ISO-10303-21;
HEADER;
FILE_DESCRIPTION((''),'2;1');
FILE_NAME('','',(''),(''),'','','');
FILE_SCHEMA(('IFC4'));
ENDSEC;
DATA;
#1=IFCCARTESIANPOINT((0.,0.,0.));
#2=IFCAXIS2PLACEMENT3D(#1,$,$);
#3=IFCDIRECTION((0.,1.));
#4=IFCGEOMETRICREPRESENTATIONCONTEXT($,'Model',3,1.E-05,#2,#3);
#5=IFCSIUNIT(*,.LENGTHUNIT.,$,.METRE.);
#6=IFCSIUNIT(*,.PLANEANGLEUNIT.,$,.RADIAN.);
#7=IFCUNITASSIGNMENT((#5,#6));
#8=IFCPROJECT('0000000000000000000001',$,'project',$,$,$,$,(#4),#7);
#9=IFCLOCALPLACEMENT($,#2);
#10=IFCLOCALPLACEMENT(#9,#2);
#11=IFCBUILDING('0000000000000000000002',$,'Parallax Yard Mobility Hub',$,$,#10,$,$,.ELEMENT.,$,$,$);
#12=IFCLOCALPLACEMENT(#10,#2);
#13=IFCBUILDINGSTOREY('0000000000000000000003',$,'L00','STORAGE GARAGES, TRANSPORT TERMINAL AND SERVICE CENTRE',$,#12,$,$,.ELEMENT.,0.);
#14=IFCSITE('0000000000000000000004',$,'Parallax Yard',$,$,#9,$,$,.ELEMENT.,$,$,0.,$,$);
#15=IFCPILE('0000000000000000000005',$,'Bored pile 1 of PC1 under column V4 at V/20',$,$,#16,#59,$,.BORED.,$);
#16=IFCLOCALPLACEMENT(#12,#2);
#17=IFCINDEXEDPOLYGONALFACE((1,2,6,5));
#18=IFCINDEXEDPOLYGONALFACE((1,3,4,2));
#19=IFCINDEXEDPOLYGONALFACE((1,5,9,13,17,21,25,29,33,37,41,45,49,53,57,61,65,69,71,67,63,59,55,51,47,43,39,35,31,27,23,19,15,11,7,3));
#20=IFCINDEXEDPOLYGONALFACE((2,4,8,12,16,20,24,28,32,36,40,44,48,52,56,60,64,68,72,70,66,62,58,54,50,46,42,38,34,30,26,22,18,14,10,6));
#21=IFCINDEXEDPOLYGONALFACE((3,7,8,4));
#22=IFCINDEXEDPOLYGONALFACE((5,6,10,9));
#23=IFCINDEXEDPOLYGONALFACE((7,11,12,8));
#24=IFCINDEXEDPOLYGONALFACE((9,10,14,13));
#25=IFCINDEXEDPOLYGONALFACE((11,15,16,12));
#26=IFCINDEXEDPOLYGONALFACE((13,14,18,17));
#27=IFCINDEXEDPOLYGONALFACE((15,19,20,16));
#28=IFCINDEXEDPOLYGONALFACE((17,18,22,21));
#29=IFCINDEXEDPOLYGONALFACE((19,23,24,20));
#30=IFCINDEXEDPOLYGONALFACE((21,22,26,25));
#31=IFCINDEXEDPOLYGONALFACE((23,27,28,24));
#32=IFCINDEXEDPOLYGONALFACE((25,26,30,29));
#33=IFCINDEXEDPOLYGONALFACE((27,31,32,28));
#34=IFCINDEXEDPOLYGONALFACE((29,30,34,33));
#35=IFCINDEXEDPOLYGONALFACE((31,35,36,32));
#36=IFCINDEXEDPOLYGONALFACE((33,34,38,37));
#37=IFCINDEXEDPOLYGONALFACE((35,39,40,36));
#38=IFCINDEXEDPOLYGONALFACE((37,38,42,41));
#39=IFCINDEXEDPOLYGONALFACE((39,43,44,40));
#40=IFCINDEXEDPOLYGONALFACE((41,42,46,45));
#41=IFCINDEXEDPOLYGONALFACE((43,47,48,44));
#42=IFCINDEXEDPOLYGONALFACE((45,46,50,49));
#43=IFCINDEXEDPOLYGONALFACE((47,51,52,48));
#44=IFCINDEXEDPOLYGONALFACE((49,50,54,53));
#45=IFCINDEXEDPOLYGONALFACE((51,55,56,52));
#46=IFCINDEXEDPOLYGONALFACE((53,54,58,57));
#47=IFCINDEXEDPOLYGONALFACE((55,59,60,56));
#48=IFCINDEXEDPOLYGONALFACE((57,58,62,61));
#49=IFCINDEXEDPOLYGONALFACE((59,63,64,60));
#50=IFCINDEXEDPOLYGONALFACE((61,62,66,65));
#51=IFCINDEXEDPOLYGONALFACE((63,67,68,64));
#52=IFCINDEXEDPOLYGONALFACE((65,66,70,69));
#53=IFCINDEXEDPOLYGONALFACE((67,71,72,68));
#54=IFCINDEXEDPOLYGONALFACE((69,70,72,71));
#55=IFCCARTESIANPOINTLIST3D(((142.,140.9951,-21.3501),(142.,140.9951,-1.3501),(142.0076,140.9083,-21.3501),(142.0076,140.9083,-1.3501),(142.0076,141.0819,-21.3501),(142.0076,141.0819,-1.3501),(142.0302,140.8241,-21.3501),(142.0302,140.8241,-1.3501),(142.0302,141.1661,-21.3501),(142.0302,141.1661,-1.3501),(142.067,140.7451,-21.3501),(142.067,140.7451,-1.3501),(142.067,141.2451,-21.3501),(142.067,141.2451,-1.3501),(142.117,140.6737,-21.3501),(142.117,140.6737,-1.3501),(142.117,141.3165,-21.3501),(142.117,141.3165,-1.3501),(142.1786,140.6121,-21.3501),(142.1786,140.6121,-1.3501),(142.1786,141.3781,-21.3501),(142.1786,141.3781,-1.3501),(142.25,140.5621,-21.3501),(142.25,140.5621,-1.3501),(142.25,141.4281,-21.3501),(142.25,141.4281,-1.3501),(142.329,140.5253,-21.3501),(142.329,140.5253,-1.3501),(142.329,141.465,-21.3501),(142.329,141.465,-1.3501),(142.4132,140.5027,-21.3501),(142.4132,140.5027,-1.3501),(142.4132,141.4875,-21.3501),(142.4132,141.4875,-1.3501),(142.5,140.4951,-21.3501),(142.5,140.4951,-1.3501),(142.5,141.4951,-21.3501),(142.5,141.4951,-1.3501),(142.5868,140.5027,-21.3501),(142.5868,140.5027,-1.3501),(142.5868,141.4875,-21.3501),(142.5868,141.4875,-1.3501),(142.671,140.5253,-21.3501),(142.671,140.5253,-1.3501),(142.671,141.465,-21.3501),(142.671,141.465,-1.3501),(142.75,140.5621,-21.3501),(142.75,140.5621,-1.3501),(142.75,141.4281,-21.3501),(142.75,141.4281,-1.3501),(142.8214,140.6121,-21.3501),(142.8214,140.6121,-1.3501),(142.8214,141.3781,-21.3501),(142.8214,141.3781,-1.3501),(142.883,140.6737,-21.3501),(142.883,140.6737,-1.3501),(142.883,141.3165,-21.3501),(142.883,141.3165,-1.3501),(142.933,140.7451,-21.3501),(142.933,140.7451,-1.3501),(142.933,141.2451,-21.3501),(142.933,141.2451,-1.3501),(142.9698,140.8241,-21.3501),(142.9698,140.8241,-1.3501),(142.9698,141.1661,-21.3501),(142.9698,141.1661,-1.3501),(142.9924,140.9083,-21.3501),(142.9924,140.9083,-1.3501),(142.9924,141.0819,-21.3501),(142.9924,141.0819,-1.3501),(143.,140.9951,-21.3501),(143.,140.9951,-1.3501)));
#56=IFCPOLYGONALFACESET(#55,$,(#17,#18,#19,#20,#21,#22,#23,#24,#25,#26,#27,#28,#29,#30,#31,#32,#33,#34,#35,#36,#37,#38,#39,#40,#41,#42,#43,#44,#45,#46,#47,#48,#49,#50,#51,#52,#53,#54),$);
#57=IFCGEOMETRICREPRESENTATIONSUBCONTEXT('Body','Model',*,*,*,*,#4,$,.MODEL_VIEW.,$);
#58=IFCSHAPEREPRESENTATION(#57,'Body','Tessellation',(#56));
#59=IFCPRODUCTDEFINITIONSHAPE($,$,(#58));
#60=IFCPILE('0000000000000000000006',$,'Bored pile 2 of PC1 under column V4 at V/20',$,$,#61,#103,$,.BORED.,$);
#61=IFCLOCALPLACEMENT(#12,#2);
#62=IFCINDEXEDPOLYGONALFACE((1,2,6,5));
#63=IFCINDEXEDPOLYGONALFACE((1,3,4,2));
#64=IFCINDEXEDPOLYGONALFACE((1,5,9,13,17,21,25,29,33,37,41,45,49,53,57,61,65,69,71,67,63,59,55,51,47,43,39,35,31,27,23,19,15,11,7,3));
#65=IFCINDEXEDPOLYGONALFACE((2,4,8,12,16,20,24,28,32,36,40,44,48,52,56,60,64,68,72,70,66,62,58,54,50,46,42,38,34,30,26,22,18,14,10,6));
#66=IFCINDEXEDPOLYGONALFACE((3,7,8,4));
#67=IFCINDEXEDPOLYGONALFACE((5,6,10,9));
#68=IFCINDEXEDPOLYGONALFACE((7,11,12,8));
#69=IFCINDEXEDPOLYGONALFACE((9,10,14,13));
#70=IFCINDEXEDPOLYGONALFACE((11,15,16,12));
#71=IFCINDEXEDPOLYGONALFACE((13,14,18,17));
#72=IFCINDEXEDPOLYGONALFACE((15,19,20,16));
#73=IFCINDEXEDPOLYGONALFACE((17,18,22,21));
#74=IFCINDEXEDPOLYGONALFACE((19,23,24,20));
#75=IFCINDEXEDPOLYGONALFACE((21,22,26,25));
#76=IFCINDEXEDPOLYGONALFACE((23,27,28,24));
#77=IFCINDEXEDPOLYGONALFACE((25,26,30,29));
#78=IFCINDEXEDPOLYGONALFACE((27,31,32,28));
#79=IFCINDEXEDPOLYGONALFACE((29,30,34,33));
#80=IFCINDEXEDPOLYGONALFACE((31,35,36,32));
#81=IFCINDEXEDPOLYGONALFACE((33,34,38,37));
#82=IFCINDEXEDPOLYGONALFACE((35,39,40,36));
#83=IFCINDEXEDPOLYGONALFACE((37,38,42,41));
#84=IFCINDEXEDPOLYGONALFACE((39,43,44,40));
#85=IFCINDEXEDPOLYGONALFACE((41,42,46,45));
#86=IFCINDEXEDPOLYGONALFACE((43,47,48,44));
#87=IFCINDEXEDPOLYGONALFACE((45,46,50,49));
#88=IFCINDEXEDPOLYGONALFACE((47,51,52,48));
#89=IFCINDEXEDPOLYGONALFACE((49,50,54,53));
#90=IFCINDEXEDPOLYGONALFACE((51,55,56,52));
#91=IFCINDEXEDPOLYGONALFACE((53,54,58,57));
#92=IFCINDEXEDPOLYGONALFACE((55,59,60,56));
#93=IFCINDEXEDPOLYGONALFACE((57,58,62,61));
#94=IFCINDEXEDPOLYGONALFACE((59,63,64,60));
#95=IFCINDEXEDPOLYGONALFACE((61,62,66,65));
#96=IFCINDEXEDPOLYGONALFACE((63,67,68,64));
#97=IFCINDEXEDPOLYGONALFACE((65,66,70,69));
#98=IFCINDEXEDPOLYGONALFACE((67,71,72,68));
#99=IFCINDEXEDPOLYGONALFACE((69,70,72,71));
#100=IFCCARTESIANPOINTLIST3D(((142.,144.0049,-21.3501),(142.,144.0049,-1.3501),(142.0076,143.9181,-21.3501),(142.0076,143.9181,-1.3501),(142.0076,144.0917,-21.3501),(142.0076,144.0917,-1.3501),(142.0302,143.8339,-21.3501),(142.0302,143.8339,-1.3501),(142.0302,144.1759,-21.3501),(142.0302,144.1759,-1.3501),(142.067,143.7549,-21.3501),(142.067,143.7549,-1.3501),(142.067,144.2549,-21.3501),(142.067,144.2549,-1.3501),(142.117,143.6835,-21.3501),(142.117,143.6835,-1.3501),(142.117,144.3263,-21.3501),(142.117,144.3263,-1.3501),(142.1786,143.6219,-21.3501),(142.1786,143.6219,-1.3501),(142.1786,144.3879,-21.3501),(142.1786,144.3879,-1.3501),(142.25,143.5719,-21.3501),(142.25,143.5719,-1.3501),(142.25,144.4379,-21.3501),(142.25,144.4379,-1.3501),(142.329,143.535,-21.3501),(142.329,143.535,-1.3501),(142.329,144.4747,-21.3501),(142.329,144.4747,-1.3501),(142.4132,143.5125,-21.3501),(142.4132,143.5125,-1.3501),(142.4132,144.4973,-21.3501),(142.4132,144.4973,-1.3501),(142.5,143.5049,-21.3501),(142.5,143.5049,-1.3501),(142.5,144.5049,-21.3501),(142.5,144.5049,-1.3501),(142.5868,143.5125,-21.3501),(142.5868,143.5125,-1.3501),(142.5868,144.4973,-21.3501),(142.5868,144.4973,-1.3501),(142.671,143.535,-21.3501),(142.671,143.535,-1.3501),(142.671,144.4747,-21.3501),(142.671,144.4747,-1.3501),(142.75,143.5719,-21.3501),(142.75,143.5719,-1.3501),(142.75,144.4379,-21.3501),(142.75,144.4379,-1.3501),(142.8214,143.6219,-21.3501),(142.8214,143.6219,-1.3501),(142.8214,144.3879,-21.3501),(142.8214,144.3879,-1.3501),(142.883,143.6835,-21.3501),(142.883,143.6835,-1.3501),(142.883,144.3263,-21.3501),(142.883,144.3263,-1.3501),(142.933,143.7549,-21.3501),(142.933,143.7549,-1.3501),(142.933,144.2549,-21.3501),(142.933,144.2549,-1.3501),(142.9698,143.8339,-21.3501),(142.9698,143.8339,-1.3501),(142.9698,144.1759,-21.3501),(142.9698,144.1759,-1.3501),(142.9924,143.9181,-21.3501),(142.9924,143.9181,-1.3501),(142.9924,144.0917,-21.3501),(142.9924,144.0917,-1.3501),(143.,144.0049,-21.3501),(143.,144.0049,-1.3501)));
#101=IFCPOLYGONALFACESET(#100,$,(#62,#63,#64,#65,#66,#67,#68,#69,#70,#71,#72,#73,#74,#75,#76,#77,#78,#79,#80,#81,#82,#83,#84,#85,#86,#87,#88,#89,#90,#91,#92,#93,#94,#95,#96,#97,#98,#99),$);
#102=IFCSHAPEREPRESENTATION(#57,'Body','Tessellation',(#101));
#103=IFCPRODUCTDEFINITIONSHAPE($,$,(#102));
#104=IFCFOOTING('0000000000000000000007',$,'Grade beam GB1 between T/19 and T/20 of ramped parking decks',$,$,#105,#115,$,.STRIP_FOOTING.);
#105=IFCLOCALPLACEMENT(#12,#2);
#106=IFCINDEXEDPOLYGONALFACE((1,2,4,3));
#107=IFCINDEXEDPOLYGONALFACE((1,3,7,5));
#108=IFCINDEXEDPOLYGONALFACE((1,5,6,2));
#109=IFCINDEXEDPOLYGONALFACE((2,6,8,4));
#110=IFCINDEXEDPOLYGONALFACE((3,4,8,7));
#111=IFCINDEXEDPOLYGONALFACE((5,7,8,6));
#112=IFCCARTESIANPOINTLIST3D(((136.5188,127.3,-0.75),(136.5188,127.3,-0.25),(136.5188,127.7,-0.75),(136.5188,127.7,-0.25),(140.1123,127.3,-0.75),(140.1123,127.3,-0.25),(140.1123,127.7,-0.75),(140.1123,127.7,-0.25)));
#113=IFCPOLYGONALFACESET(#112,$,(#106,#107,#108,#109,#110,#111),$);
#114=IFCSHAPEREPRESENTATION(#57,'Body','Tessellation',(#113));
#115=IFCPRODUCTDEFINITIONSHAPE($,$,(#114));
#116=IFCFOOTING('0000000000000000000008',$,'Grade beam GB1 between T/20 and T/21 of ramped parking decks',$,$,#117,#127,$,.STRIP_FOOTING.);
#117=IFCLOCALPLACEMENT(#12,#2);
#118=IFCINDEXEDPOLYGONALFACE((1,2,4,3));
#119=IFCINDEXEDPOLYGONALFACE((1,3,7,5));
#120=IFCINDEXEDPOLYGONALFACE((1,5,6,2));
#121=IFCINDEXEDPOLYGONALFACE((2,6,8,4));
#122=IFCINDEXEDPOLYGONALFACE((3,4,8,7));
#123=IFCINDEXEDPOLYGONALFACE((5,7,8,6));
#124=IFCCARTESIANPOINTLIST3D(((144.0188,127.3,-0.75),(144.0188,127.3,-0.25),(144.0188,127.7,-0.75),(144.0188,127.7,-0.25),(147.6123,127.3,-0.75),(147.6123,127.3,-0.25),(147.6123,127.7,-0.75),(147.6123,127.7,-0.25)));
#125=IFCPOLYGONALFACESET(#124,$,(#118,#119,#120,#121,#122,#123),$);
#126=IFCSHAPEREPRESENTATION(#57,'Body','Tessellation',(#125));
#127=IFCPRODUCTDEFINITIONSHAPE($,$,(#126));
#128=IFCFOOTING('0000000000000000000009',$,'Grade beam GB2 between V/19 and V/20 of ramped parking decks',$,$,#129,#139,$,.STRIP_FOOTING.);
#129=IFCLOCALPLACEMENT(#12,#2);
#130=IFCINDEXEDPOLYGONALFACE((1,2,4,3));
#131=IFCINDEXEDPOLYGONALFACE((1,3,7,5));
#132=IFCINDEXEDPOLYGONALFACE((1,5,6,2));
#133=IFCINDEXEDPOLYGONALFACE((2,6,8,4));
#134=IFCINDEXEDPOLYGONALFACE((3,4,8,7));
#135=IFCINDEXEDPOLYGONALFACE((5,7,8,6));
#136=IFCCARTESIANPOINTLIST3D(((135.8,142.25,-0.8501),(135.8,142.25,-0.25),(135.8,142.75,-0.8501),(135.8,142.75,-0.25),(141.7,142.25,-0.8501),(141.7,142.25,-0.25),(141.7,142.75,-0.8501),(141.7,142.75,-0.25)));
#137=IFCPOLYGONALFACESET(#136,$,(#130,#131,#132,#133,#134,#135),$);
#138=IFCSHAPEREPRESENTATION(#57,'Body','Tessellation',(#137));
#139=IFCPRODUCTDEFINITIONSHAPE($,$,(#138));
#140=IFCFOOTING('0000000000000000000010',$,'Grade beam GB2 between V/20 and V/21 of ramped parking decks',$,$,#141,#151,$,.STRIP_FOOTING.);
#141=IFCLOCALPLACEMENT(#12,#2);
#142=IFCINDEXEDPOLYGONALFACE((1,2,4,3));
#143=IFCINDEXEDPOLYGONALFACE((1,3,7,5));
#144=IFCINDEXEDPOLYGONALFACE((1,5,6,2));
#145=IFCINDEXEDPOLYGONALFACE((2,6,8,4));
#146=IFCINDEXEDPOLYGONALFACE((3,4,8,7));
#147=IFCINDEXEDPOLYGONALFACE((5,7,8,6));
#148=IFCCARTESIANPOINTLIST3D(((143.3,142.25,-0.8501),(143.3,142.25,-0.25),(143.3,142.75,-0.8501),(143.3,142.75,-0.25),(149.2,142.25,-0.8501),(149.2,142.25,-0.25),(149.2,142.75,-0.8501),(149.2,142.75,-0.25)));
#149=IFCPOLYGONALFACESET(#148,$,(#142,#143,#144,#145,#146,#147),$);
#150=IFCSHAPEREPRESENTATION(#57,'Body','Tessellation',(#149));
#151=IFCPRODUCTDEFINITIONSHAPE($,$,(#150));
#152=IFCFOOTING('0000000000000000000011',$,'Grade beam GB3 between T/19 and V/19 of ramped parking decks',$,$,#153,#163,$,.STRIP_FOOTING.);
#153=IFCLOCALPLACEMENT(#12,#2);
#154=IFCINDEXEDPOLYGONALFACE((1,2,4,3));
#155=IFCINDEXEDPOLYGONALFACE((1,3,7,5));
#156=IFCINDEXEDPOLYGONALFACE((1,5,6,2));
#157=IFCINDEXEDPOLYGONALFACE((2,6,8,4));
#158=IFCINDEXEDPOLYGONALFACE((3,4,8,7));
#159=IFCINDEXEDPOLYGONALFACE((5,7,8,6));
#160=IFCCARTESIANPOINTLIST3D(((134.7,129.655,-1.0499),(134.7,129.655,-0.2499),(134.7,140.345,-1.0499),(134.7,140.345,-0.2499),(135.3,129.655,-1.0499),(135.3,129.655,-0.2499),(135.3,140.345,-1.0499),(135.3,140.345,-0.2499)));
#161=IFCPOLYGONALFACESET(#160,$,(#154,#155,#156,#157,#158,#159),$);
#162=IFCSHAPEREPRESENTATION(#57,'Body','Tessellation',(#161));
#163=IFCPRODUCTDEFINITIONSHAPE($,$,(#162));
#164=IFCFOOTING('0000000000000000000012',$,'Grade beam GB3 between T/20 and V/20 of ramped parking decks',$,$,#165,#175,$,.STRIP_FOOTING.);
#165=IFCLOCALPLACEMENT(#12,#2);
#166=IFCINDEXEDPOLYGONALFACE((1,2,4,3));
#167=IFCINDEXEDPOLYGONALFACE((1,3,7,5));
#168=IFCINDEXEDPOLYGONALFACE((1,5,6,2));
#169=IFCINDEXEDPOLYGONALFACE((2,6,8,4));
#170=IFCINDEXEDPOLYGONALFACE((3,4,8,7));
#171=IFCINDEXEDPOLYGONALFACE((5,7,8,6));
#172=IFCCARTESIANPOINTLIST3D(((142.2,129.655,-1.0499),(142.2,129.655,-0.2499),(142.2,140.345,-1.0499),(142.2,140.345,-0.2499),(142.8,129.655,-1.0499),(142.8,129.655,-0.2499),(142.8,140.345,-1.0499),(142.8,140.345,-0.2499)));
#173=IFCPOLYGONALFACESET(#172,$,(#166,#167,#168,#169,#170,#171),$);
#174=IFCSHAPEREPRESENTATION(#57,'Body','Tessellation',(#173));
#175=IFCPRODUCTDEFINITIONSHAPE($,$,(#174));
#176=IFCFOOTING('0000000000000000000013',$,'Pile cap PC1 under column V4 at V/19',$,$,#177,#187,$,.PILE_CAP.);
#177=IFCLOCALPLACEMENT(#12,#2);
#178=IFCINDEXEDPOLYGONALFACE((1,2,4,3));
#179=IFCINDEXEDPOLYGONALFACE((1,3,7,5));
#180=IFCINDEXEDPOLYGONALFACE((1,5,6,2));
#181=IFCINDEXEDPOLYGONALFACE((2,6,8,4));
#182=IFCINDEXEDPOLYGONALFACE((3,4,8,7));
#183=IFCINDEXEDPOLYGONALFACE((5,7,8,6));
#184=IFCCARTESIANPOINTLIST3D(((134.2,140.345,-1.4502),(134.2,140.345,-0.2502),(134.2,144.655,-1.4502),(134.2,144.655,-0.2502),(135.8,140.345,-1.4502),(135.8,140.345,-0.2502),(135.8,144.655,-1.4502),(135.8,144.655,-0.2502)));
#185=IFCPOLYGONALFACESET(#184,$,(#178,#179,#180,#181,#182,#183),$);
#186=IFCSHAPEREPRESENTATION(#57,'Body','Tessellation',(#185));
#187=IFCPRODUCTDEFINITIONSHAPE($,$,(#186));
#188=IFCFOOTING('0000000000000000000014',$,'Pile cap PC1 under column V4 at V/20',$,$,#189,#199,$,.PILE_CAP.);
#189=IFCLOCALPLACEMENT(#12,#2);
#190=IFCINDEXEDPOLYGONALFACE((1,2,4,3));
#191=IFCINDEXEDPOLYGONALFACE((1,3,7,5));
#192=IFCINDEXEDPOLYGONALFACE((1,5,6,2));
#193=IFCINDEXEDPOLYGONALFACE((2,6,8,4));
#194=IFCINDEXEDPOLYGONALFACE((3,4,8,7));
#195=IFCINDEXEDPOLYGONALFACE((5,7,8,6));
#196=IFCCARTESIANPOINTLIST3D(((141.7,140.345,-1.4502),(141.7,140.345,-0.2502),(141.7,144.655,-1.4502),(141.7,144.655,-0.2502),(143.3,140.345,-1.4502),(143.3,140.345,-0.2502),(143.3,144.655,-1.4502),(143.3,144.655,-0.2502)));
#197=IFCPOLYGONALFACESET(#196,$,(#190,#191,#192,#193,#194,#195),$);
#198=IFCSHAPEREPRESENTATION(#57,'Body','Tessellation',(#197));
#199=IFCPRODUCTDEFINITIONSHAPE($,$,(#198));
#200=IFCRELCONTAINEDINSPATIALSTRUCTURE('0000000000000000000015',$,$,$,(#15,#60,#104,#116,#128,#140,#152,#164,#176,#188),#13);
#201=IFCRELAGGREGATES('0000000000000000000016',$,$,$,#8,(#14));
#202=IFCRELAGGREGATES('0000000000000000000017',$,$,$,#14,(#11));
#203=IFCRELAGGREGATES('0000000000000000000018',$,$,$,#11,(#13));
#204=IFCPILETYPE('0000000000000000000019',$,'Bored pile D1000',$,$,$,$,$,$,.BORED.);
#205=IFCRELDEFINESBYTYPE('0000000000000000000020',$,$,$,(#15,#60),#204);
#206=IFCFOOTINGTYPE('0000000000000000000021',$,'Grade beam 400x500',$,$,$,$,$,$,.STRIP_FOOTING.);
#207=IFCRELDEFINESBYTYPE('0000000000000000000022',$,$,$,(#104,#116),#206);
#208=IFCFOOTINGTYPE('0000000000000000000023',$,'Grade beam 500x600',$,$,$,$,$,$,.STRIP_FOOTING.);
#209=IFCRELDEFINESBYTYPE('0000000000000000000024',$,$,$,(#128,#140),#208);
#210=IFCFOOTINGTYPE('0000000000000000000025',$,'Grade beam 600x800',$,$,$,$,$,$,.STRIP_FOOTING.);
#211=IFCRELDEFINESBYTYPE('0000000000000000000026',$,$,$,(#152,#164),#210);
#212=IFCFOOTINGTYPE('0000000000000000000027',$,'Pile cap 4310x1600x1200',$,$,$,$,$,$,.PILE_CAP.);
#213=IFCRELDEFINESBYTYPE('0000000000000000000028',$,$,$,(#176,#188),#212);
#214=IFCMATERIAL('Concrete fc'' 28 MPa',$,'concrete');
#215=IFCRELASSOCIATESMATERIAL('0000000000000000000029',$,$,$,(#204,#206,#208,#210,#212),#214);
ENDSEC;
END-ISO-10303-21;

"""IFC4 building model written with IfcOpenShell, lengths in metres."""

from ifc_helpers import new_model, si_unit, direction, frame, origin, origin_2d, place, context, subcontext, project, spatial, rectangle, circle, extrude, material, material_profile, profile_set, type_object, element, save


model = new_model("IFC4")

# Units and contexts
model_context = context("Model", 3, precision=1e-05, world=origin(), true_north=direction((0.0, 1.0)))
body_context = subcontext(model_context, "Body", "Model", "MODEL_VIEW")
ifc_project = project(units=[si_unit("LENGTHUNIT", "METRE"), si_unit("PLANEANGLEUNIT", "RADIAN")], contexts=[model_context])

# Site, building, storey
site_placement = place(None, origin())
site = spatial("IfcSite", under=ifc_project, at=site_placement, Name="Parallax Yard", CompositionType="ELEMENT", RefElevation=0.0)
building_placement = place(site_placement, origin())
building = spatial("IfcBuilding", under=site, at=building_placement, Name="Parallax Yard Mobility Hub", CompositionType="ELEMENT")
storey_placement = place(building_placement, origin())
storey = spatial("IfcBuildingStorey", under=building, at=storey_placement, Name="L00", Description="STORAGE GARAGES, TRANSPORT TERMINAL AND SERVICE CENTRE", CompositionType="ELEMENT", Elevation=0.0)

# Piles
ifc_material_1 = material(Name="Concrete fc' 28 MPa", Category="concrete")
ifc_material_profile_1 = material_profile(ifc_material_1, circle(Radius=0.5, at=origin_2d()), Name="Bored pile D1000")
ifc_profile_set_1 = profile_set([ifc_material_profile_1], Name="Concrete fc' 28 MPa")
pile_type = type_object("IfcPileType", Name="Bored pile D1000", PredefinedType="BORED", material=ifc_profile_set_1)
for number, where, z_axis, x_axis, name in (
    (1, (142.5, 140.9951, -1.3501), (0.0, 0.0, -1.0), (1.0, 0.0, 0.0), "Bored pile 1 of PC1 under column V4 at V/20"),
    (2, (142.5, 144.0049, -1.3501), (0.0, 0.0, -1.0), (1.0, 0.0, 0.0), "Bored pile 2 of PC1 under column V4 at V/20"),
):
    element("IfcPile", number, at=place(storey_placement, frame(where, z_axis=z_axis, x_axis=x_axis)), inside=storey, type_object=pile_type, Name=name, PredefinedType="BORED", context=body_context, shape_type="SweptSolid", body=[
        extrude(circle(Radius=0.5, at=origin_2d()), origin(), (0.0, 0.0, 1.0), 20.0),
    ])

# Footings
ifc_material_profile_2 = material_profile(ifc_material_1, rectangle(XDim=0.3999, YDim=0.5, at=origin_2d()), Name="Grade beam 400x500")
ifc_profile_set_2 = profile_set([ifc_material_profile_2], Name="Concrete fc' 28 MPa")
footing_type_1 = type_object("IfcFootingType", Name="Grade beam 400x500", PredefinedType="STRIP_FOOTING", material=ifc_profile_set_2)
for number, where, z_axis, x_axis, name in (
    (3, (136.5188, 127.5, -0.5), (1.0, 0.0, 0.0), (0.0, 1.0, 0.0), "Grade beam GB1 between T/19 and T/20 of ramped parking decks"),
    (4, (144.0188, 127.5, -0.5), (1.0, 0.0, 0.0), (0.0, 1.0, 0.0), "Grade beam GB1 between T/20 and T/21 of ramped parking decks"),
):
    element("IfcFooting", number, at=place(storey_placement, frame(where, z_axis=z_axis, x_axis=x_axis)), inside=storey, type_object=footing_type_1, Name=name, PredefinedType="STRIP_FOOTING", context=body_context, shape_type="SweptSolid", body=[
        extrude(rectangle(XDim=0.3999, YDim=0.5, at=origin_2d()), origin(), (0.0, 0.0, 1.0), 3.5935),
    ])
ifc_material_profile_3 = material_profile(ifc_material_1, rectangle(XDim=0.5, YDim=0.6001, at=origin_2d()), Name="Grade beam 500x600")
ifc_profile_set_3 = profile_set([ifc_material_profile_3], Name="Concrete fc' 28 MPa")
footing_type_2 = type_object("IfcFootingType", Name="Grade beam 500x600", PredefinedType="STRIP_FOOTING", material=ifc_profile_set_3)
for number, where, z_axis, x_axis, name in (
    (5, (135.8, 142.5, -0.55), (1.0, 0.0, 0.0), (0.0, 1.0, 0.0), "Grade beam GB2 between V/19 and V/20 of ramped parking decks"),
    (6, (143.3, 142.5, -0.55), (1.0, 0.0, 0.0), (0.0, 1.0, 0.0), "Grade beam GB2 between V/20 and V/21 of ramped parking decks"),
):
    element("IfcFooting", number, at=place(storey_placement, frame(where, z_axis=z_axis, x_axis=x_axis)), inside=storey, type_object=footing_type_2, Name=name, PredefinedType="STRIP_FOOTING", context=body_context, shape_type="SweptSolid", body=[
        extrude(rectangle(XDim=0.5, YDim=0.6001, at=origin_2d()), origin(), (0.0, 0.0, 1.0), 5.8999),
    ])
ifc_material_profile_4 = material_profile(ifc_material_1, rectangle(XDim=0.6001, YDim=0.8, at=origin_2d()), Name="Grade beam 600x800")
ifc_profile_set_4 = profile_set([ifc_material_profile_4], Name="Concrete fc' 28 MPa")
footing_type_3 = type_object("IfcFootingType", Name="Grade beam 600x800", PredefinedType="STRIP_FOOTING", material=ifc_profile_set_4)
for number, where, z_axis, x_axis, name in (
    (7, (135.0, 129.655, -0.6499), (0.0, 1.0, 0.0), (-1.0, 0.0, 0.0), "Grade beam GB3 between T/19 and V/19 of ramped parking decks"),
    (8, (142.5, 129.655, -0.6499), (0.0, 1.0, 0.0), (-1.0, 0.0, 0.0), "Grade beam GB3 between T/20 and V/20 of ramped parking decks"),
):
    element("IfcFooting", number, at=place(storey_placement, frame(where, z_axis=z_axis, x_axis=x_axis)), inside=storey, type_object=footing_type_3, Name=name, PredefinedType="STRIP_FOOTING", context=body_context, shape_type="SweptSolid", body=[
        extrude(rectangle(XDim=0.6001, YDim=0.8, at=origin_2d()), origin(), (0.0, 0.0, 1.0), 10.6899),
    ])
footing_type_4 = type_object("IfcFootingType", Name="Pile cap 4310x1600x1200", PredefinedType="PILE_CAP", material=ifc_material_1)
for number, where, z_axis, x_axis, name in (
    (9, (135.0, 142.5, -1.4502), (0.0, 0.0, 1.0), (0.0, 1.0, 0.0), "Pile cap PC1 under column V4 at V/19"),
    (10, (142.5, 142.5, -1.4502), (0.0, 0.0, 1.0), (0.0, 1.0, 0.0), "Pile cap PC1 under column V4 at V/20"),
):
    element("IfcFooting", number, at=place(storey_placement, frame(where, z_axis=z_axis, x_axis=x_axis)), inside=storey, type_object=footing_type_4, Name=name, PredefinedType="PILE_CAP", context=body_context, shape_type="SweptSolid", body=[
        extrude(rectangle(XDim=4.3101, YDim=1.6001, at=origin_2d()), origin(), (0.0, 0.0, 1.0), 1.2),
    ])

save(model, "model.ifc")
